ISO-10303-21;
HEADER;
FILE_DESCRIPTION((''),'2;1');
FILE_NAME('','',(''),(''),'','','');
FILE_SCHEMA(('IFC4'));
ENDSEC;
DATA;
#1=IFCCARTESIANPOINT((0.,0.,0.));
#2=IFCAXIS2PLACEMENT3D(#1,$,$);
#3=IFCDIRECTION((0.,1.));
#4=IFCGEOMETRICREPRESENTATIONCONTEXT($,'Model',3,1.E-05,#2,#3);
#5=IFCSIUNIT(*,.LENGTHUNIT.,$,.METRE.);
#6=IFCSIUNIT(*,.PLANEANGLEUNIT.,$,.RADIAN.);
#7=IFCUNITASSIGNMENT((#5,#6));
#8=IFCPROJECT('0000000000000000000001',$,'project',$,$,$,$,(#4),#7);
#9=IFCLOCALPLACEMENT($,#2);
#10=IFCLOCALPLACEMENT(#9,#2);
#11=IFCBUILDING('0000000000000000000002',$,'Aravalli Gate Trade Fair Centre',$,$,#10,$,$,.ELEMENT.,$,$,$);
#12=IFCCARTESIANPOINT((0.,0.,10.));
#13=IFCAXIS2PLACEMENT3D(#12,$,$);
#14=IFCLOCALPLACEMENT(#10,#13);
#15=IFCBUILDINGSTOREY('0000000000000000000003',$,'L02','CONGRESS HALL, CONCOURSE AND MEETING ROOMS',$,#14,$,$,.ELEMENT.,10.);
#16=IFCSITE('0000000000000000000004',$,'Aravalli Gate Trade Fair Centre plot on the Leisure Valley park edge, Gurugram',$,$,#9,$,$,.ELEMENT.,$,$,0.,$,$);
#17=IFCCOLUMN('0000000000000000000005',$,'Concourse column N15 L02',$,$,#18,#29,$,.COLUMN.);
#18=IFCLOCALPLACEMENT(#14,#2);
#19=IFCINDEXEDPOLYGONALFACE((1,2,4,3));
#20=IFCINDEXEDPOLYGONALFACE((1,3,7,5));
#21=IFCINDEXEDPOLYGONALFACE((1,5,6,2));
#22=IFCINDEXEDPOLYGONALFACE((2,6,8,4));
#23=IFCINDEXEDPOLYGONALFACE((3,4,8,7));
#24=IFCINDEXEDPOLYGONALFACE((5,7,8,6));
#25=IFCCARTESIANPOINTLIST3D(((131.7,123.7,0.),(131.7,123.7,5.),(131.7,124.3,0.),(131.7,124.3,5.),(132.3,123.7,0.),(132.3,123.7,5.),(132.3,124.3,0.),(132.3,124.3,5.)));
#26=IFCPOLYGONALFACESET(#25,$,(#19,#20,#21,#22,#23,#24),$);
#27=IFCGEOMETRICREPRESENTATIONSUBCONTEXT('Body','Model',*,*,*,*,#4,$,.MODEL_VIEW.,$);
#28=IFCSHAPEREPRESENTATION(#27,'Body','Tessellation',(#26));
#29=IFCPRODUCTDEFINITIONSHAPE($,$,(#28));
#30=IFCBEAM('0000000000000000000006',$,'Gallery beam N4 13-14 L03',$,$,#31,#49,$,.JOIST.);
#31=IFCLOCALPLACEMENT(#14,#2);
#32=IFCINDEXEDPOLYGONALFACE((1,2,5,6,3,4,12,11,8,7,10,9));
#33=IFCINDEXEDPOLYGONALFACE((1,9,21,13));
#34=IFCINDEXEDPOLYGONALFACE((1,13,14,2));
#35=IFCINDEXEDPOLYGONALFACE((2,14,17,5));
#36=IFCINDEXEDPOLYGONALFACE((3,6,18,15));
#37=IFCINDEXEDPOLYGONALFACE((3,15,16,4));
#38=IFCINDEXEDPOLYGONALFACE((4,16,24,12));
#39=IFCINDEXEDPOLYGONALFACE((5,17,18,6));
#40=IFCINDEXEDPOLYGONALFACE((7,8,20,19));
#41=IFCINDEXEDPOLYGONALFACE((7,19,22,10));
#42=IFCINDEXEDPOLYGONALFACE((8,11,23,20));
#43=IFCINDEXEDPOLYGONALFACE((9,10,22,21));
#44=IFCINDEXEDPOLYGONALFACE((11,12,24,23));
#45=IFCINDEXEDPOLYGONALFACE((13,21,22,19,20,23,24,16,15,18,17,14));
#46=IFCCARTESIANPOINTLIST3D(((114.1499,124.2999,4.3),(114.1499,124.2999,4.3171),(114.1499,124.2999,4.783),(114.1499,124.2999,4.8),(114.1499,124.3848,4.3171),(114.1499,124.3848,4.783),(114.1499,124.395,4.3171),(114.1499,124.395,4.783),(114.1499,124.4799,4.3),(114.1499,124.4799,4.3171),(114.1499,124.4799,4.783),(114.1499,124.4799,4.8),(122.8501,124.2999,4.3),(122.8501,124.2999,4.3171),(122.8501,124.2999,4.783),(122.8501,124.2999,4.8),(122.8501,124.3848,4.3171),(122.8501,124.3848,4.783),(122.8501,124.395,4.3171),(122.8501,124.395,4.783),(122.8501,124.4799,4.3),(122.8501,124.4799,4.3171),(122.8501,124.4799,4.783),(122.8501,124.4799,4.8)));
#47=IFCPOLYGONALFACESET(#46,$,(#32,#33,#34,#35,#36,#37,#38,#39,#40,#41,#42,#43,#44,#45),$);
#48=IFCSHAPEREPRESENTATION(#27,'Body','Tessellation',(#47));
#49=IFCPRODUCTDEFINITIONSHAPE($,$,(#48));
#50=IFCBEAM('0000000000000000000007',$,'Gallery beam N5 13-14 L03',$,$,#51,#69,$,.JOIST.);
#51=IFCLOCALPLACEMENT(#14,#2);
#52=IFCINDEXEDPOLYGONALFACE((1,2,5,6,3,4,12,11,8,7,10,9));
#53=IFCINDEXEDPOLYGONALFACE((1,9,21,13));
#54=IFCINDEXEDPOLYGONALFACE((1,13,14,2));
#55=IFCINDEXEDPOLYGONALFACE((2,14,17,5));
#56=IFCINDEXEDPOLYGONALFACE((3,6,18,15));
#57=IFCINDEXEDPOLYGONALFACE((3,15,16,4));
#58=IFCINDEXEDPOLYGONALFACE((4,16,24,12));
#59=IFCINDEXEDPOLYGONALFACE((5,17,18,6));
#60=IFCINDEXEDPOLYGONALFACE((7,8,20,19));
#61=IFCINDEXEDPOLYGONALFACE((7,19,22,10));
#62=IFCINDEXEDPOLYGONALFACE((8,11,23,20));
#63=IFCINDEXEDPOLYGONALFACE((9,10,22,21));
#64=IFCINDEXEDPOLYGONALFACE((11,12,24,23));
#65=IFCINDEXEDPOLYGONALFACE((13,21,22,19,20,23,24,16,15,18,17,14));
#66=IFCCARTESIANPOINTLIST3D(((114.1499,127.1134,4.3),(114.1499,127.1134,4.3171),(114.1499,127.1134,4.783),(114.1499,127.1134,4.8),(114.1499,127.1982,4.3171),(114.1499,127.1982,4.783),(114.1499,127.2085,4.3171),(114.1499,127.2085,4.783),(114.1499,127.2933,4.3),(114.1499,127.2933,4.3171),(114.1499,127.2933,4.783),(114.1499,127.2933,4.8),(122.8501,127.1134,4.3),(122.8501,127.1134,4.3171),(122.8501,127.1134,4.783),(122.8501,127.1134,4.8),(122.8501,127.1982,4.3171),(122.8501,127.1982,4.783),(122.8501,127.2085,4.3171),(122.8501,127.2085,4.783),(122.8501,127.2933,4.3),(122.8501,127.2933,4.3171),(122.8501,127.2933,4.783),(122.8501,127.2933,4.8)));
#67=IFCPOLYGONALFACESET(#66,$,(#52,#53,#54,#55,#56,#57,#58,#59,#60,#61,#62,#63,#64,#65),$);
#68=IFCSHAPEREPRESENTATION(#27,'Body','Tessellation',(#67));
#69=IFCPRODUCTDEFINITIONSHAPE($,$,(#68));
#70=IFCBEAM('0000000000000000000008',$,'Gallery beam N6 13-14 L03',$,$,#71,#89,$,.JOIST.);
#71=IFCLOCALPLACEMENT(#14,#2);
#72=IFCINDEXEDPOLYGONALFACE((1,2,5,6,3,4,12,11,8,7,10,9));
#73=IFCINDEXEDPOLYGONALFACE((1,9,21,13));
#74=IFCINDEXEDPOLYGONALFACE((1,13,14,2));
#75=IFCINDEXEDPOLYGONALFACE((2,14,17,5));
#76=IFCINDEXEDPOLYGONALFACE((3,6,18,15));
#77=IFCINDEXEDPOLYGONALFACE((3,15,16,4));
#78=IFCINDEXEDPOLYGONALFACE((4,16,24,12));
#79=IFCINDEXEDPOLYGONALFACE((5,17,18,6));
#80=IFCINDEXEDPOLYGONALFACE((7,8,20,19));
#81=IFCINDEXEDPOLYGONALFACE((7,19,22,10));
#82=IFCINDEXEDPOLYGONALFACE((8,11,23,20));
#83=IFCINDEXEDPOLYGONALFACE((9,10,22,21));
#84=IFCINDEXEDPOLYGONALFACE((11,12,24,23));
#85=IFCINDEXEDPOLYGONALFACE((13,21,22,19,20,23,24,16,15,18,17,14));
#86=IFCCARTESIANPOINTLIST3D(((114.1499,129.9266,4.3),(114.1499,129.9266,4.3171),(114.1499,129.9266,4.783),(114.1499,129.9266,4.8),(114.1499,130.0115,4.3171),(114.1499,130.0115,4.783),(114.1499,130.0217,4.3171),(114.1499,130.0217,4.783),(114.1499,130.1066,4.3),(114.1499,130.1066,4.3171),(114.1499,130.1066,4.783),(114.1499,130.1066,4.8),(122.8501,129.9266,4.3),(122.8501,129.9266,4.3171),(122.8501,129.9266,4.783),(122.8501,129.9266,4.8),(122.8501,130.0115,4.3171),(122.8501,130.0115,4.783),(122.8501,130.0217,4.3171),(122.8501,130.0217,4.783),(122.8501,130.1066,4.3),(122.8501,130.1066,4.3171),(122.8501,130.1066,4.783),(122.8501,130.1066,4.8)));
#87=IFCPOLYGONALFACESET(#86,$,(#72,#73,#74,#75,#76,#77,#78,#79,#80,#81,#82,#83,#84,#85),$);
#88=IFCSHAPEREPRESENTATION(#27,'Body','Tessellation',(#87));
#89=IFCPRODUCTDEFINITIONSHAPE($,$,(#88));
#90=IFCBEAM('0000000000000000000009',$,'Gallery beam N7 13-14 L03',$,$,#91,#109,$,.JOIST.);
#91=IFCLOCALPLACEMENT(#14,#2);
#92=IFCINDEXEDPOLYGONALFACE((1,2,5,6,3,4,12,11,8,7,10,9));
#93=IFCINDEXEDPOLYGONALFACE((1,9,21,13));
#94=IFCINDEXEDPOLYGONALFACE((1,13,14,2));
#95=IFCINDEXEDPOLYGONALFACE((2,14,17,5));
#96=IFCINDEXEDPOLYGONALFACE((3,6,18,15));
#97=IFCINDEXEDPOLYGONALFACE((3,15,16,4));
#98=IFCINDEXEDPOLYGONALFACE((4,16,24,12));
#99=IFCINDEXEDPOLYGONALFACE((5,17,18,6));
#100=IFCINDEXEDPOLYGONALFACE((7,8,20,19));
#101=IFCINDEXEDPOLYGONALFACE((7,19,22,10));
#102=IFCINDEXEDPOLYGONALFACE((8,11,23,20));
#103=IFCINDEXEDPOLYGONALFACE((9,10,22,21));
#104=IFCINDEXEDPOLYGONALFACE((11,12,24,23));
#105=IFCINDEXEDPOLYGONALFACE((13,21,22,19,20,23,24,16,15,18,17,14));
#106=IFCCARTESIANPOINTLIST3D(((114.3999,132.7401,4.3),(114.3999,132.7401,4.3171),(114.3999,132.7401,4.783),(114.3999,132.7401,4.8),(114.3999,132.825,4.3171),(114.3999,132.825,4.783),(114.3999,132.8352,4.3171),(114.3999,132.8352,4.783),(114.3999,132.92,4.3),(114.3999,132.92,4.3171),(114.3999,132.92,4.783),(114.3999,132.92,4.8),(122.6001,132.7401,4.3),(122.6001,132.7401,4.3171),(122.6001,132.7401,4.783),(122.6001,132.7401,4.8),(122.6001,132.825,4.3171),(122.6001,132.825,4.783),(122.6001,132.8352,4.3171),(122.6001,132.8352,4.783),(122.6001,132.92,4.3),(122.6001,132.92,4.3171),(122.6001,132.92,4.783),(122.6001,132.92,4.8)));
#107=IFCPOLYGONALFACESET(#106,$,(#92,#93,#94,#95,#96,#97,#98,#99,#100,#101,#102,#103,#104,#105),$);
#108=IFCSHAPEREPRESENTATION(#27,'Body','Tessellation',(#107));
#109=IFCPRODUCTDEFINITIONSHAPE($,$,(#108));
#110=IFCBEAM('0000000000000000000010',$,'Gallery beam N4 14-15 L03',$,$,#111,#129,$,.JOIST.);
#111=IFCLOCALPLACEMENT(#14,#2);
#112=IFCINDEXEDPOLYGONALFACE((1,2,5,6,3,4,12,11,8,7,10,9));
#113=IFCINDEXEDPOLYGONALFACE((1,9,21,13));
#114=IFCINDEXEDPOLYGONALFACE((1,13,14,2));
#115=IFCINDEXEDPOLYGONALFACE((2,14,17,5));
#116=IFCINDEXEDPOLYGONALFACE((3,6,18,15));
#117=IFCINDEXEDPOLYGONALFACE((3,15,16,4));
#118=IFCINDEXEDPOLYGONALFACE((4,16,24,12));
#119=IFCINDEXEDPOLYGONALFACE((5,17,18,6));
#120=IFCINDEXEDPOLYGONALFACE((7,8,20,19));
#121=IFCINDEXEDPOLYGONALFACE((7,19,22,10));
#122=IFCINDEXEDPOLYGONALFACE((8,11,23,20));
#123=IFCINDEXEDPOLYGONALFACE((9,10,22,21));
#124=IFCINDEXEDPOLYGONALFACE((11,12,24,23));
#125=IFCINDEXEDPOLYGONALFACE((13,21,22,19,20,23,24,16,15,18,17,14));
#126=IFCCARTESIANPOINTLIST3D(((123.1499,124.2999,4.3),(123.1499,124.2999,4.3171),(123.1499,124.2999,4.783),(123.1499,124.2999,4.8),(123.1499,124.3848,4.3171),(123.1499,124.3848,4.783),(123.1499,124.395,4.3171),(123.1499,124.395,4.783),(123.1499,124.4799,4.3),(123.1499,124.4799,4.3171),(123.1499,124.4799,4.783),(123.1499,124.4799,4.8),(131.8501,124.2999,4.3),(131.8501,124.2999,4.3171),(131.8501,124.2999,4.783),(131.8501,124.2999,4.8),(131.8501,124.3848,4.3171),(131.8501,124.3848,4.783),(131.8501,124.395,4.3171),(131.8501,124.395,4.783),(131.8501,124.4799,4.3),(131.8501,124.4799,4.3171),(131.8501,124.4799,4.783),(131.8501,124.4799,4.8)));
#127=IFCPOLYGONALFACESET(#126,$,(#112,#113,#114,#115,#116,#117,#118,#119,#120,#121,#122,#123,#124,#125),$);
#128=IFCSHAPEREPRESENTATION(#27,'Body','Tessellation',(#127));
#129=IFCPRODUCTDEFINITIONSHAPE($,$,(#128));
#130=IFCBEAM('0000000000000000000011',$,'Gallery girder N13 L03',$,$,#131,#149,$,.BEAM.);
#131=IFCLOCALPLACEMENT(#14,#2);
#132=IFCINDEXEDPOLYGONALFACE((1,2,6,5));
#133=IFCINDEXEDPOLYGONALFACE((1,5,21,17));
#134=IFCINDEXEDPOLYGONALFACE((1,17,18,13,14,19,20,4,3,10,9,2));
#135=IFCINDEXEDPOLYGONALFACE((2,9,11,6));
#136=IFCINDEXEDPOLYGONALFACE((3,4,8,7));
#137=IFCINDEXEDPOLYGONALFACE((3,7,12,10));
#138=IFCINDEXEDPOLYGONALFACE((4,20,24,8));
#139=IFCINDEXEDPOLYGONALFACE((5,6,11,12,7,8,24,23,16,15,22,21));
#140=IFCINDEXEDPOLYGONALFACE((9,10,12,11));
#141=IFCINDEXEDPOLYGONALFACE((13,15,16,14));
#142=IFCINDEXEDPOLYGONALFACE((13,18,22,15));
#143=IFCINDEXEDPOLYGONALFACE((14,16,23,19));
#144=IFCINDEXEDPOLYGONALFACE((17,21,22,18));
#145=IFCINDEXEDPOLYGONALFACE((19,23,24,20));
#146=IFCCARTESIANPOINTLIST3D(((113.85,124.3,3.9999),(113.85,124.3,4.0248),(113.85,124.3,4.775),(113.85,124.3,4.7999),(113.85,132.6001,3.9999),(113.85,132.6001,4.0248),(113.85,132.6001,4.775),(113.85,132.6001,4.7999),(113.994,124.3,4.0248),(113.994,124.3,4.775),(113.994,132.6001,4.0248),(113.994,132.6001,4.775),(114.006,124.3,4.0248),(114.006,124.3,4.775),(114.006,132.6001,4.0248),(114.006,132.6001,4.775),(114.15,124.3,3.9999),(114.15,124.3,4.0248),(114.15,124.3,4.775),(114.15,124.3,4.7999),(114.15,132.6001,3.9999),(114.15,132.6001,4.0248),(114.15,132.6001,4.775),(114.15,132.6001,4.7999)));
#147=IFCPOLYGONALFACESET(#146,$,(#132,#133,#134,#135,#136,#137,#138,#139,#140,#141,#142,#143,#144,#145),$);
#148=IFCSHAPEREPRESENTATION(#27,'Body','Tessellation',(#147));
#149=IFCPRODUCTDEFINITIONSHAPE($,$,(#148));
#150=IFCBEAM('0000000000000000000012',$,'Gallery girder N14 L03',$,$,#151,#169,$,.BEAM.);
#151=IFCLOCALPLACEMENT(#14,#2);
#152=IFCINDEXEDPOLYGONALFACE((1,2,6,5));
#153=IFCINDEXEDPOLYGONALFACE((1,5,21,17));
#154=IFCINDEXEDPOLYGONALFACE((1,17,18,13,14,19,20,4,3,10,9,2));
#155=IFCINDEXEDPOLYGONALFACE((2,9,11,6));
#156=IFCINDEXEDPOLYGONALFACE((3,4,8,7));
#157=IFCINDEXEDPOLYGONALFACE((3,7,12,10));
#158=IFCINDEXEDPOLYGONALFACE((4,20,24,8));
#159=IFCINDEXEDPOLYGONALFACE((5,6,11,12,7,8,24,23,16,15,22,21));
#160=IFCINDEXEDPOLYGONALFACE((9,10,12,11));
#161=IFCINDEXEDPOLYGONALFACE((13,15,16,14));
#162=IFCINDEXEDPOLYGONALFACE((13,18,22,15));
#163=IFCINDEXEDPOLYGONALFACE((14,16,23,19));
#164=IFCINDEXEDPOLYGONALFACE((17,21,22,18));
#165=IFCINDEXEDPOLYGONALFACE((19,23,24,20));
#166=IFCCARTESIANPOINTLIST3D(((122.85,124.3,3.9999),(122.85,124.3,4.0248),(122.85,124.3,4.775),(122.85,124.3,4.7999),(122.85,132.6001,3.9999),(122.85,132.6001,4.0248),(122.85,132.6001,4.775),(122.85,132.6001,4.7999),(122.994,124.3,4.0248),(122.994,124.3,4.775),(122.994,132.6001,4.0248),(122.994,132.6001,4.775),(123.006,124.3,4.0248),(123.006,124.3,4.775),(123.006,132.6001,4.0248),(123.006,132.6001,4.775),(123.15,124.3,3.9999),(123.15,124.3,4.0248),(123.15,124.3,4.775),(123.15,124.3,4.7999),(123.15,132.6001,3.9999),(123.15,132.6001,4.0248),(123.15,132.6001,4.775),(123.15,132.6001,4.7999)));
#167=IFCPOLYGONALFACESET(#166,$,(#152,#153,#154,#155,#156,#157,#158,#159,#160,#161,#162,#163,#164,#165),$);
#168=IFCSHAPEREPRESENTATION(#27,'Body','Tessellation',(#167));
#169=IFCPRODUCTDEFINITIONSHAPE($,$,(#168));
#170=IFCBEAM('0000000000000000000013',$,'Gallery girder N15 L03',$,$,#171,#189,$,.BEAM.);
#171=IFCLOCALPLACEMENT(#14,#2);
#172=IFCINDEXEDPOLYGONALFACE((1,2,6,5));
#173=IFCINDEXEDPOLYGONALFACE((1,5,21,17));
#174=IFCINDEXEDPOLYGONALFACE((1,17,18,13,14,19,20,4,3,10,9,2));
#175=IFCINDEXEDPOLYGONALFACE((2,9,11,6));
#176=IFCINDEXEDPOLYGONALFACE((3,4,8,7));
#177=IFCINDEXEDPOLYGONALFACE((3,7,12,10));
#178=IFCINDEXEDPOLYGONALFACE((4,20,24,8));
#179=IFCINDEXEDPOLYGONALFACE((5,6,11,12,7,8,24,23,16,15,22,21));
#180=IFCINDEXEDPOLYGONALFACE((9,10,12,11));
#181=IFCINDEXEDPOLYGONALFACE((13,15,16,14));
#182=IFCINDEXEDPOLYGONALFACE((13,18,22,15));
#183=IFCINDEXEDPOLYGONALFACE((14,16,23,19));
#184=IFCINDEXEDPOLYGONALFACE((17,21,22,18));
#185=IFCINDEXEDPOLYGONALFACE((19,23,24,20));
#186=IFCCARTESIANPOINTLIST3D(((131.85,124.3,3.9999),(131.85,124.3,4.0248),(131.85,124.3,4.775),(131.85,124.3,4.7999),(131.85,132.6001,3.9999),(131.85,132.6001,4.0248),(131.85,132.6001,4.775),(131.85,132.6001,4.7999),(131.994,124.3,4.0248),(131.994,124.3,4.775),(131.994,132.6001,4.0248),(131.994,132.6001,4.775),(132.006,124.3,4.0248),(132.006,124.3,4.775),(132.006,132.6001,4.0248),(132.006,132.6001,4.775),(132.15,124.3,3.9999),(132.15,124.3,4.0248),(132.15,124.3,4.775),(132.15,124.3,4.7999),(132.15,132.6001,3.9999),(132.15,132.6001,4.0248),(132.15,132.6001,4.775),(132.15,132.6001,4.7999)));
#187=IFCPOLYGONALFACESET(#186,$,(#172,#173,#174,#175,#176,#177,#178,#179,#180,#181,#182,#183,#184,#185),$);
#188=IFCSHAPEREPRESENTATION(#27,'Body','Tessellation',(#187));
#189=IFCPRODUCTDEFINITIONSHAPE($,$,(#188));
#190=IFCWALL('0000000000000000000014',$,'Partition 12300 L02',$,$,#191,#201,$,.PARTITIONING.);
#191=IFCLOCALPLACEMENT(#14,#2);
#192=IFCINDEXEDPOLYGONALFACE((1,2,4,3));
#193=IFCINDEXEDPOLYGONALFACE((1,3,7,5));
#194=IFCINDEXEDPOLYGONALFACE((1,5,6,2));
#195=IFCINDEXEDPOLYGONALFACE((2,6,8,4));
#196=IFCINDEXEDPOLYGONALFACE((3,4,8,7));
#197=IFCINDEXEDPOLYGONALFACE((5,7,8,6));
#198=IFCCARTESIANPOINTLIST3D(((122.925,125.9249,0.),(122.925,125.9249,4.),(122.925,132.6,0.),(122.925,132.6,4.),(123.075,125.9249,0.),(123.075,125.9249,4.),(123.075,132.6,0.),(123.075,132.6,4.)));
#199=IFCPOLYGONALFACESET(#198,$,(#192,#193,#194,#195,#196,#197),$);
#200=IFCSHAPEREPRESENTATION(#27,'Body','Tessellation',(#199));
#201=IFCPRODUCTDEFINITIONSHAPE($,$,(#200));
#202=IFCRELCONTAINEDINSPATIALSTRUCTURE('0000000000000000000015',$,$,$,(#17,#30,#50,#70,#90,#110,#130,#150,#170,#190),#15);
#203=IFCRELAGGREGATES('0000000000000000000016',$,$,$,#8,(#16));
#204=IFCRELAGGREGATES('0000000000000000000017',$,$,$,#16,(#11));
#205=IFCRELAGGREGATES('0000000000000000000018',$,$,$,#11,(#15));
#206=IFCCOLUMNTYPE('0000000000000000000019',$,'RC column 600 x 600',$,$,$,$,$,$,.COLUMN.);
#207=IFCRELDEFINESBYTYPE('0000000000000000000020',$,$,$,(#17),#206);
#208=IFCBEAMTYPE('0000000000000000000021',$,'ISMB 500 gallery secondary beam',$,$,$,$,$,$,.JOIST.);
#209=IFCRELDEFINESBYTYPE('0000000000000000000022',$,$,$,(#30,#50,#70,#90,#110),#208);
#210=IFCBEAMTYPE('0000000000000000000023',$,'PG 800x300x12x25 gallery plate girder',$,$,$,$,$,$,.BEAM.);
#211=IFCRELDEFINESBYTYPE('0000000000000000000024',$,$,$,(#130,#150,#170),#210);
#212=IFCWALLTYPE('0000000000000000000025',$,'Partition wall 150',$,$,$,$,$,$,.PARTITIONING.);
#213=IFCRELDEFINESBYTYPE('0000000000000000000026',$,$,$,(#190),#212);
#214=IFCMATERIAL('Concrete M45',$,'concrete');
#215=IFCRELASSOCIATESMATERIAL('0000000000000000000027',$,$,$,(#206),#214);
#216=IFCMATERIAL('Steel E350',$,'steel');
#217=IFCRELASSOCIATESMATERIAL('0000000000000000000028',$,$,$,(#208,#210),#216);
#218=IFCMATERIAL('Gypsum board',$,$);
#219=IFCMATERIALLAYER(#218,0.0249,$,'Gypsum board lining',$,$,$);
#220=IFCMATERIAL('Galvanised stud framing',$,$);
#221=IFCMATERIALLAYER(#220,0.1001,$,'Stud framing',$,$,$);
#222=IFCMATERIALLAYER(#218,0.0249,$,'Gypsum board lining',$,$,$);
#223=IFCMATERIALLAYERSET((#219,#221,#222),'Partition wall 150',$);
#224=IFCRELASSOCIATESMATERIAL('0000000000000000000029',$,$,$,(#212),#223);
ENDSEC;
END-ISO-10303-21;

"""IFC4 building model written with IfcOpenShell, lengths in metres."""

from ifc_helpers import new_model, si_unit, direction, frame, frame_2d, origin, origin_2d, place, context, subcontext, project, spatial, rectangle, i_section, extrude, material, layer, layer_set, material_profile, profile_set, type_object, element, save


model = new_model("IFC4")

# Units and contexts
model_context = context("Model", 3, precision=1e-05, world=origin(), true_north=direction((0.0, 1.0)))
body_context = subcontext(model_context, "Body", "Model", "MODEL_VIEW")
ifc_project = project(units=[si_unit("LENGTHUNIT", "METRE"), si_unit("PLANEANGLEUNIT", "RADIAN")], contexts=[model_context])

# Site, building, storey
site_placement = place(None, origin())
site = spatial("IfcSite", under=ifc_project, at=site_placement, Name="Aravalli Gate Trade Fair Centre plot on the Leisure Valley park edge, Gurugram", CompositionType="ELEMENT", RefElevation=0.0)
building_placement = place(site_placement, origin())
building = spatial("IfcBuilding", under=site, at=building_placement, Name="Aravalli Gate Trade Fair Centre", CompositionType="ELEMENT")
storey_placement = place(building_placement, frame((0.0, 0.0, 10.0)))
storey = spatial("IfcBuildingStorey", under=building, at=storey_placement, Name="L02", Description="CONGRESS HALL, CONCOURSE AND MEETING ROOMS", CompositionType="ELEMENT", Elevation=10.0)

# Column
ifc_material_1 = material(Name="Concrete M45", Category="concrete")
ifc_material_profile_1 = material_profile(ifc_material_1, rectangle(XDim=0.6001, YDim=0.6001, at=origin_2d()), Name="RC column 600 x 600")
ifc_profile_set_1 = profile_set([ifc_material_profile_1], Name="Concrete M45")
column_type = type_object("IfcColumnType", Name="RC column 600 x 600", PredefinedType="COLUMN", material=ifc_profile_set_1)
column_placement = place(storey_placement, frame((132.0, 124.0, 0.0), z_axis=(0.0, 0.0, 1.0), x_axis=(1.0, 0.0, 0.0)))
element("IfcColumn", 1, at=column_placement, inside=storey, type_object=column_type, Name="Concourse column N15 L02", PredefinedType="COLUMN", context=body_context, shape_type="SweptSolid", body=[
    extrude(rectangle(XDim=0.6001, YDim=0.6001, at=origin_2d()), origin(), (0.0, 0.0, 1.0), 5.0),
])

# Beams
ifc_material_2 = material(Name="Steel E350", Category="steel")
ifc_material_profile_2 = material_profile(ifc_material_2, i_section(OverallWidth=0.1799, OverallDepth=0.5, WebThickness=0.0103, FlangeThickness=0.0171, at=origin_2d()), Name="ISMB 500")
ifc_profile_set_2 = profile_set([ifc_material_profile_2], Name="Steel E350")
beam_type_1 = type_object("IfcBeamType", Name="ISMB 500 gallery secondary beam", PredefinedType="JOIST", material=ifc_profile_set_2)
for number, where, z_axis, x_axis, name in (
    (2, (114.1499, 124.3899, 4.55), (1.0, 0.0, 0.0), (0.0, 1.0, 0.0), "Gallery beam N4 13-14 L03"),
    (3, (114.1499, 127.2034, 4.55), (1.0, 0.0, 0.0), (0.0, 1.0, 0.0), "Gallery beam N5 13-14 L03"),
    (4, (114.1499, 130.0166, 4.55), (1.0, 0.0, 0.0), (0.0, 1.0, 0.0), "Gallery beam N6 13-14 L03"),
):
    element("IfcBeam", number, at=place(storey_placement, frame(where, z_axis=z_axis, x_axis=x_axis)), inside=storey, type_object=beam_type_1, Name=name, PredefinedType="JOIST", context=body_context, shape_type="SweptSolid", body=[
        extrude(i_section(OverallWidth=0.1799, OverallDepth=0.5, WebThickness=0.0103, FlangeThickness=0.0171, at=origin_2d()), origin(), (0.0, 0.0, 1.0), 8.7002),
    ])
beam_1_placement = place(storey_placement, frame((114.3999, 132.8301, 4.55), z_axis=(1.0, 0.0, 0.0), x_axis=(0.0, 1.0, 0.0)))
element("IfcBeam", 5, at=beam_1_placement, inside=storey, type_object=beam_type_1, Name="Gallery beam N7 13-14 L03", PredefinedType="JOIST", context=body_context, shape_type="SweptSolid", body=[
    extrude(i_section(OverallWidth=0.1799, OverallDepth=0.5, WebThickness=0.0103, FlangeThickness=0.0171, at=origin_2d()), origin(), (0.0, 0.0, 1.0), 8.2002),
])
beam_2_placement = place(storey_placement, frame((123.1499, 124.3899, 4.55), z_axis=(1.0, 0.0, 0.0), x_axis=(0.0, 1.0, 0.0)))
element("IfcBeam", 6, at=beam_2_placement, inside=storey, type_object=beam_type_1, Name="Gallery beam N4 14-15 L03", PredefinedType="JOIST", context=body_context, shape_type="SweptSolid", body=[
    extrude(i_section(OverallWidth=0.1799, OverallDepth=0.5, WebThickness=0.0103, FlangeThickness=0.0171, at=origin_2d()), origin(), (0.0, 0.0, 1.0), 8.7002),
])
ifc_material_profile_3 = material_profile(ifc_material_2, i_section(OverallWidth=0.3, OverallDepth=0.8, WebThickness=0.012, FlangeThickness=0.0249, at=origin_2d()), Name="PG 800x300x12x25")
ifc_profile_set_3 = profile_set([ifc_material_profile_3], Name="Steel E350")
beam_type_2 = type_object("IfcBeamType", Name="PG 800x300x12x25 gallery plate girder", PredefinedType="BEAM", material=ifc_profile_set_3)
for number, where, z_axis, x_axis, name in (
    (7, (114.0, 124.3, 4.3999), (0.0, 1.0, 0.0), (-1.0, 0.0, 0.0), "Gallery girder N13 L03"),
    (8, (123.0, 124.3, 4.3999), (0.0, 1.0, 0.0), (-1.0, 0.0, 0.0), "Gallery girder N14 L03"),
    (9, (132.0, 124.3, 4.3999), (0.0, 1.0, 0.0), (-1.0, 0.0, 0.0), "Gallery girder N15 L03"),
):
    element("IfcBeam", number, at=place(storey_placement, frame(where, z_axis=z_axis, x_axis=x_axis)), inside=storey, type_object=beam_type_2, Name=name, PredefinedType="BEAM", context=body_context, shape_type="SweptSolid", body=[
        extrude(i_section(OverallWidth=0.3, OverallDepth=0.8, WebThickness=0.012, FlangeThickness=0.0249, at=origin_2d()), origin(), (0.0, 0.0, 1.0), 8.3),
    ])

# Wall
ifc_material_3 = material(Name="Gypsum board")
ifc_layer_1 = layer(ifc_material_3, 0.0249, Name="Gypsum board lining")
ifc_material_4 = material(Name="Galvanised stud framing")
ifc_layer_2 = layer(ifc_material_4, 0.1001, Name="Stud framing")
ifc_layer_3 = layer(ifc_material_3, 0.0249, Name="Gypsum board lining")
ifc_layer_set_1 = layer_set([ifc_layer_1, ifc_layer_2, ifc_layer_3], Name="Partition wall 150")
wall_type_1 = type_object("IfcWallType", Name="Partition wall 150", PredefinedType="PARTITIONING", material=ifc_layer_set_1)
wall_1_placement = place(storey_placement, frame((123.0, 125.925, 0.0), z_axis=(0.0, 0.0, 1.0), x_axis=(0.0, 1.0, 0.0)))
element("IfcWall", 10, at=wall_1_placement, inside=storey, type_object=wall_type_1, Name="Partition 12300 L02", PredefinedType="PARTITIONING", context=body_context, shape_type="SweptSolid", body=[
    extrude(rectangle(XDim=6.675, YDim=0.1499, at=frame_2d((3.3374, 0.0))), origin(), (0.0, 0.0, 1.0), 4.0),
])

save(model, "model.ifc")
